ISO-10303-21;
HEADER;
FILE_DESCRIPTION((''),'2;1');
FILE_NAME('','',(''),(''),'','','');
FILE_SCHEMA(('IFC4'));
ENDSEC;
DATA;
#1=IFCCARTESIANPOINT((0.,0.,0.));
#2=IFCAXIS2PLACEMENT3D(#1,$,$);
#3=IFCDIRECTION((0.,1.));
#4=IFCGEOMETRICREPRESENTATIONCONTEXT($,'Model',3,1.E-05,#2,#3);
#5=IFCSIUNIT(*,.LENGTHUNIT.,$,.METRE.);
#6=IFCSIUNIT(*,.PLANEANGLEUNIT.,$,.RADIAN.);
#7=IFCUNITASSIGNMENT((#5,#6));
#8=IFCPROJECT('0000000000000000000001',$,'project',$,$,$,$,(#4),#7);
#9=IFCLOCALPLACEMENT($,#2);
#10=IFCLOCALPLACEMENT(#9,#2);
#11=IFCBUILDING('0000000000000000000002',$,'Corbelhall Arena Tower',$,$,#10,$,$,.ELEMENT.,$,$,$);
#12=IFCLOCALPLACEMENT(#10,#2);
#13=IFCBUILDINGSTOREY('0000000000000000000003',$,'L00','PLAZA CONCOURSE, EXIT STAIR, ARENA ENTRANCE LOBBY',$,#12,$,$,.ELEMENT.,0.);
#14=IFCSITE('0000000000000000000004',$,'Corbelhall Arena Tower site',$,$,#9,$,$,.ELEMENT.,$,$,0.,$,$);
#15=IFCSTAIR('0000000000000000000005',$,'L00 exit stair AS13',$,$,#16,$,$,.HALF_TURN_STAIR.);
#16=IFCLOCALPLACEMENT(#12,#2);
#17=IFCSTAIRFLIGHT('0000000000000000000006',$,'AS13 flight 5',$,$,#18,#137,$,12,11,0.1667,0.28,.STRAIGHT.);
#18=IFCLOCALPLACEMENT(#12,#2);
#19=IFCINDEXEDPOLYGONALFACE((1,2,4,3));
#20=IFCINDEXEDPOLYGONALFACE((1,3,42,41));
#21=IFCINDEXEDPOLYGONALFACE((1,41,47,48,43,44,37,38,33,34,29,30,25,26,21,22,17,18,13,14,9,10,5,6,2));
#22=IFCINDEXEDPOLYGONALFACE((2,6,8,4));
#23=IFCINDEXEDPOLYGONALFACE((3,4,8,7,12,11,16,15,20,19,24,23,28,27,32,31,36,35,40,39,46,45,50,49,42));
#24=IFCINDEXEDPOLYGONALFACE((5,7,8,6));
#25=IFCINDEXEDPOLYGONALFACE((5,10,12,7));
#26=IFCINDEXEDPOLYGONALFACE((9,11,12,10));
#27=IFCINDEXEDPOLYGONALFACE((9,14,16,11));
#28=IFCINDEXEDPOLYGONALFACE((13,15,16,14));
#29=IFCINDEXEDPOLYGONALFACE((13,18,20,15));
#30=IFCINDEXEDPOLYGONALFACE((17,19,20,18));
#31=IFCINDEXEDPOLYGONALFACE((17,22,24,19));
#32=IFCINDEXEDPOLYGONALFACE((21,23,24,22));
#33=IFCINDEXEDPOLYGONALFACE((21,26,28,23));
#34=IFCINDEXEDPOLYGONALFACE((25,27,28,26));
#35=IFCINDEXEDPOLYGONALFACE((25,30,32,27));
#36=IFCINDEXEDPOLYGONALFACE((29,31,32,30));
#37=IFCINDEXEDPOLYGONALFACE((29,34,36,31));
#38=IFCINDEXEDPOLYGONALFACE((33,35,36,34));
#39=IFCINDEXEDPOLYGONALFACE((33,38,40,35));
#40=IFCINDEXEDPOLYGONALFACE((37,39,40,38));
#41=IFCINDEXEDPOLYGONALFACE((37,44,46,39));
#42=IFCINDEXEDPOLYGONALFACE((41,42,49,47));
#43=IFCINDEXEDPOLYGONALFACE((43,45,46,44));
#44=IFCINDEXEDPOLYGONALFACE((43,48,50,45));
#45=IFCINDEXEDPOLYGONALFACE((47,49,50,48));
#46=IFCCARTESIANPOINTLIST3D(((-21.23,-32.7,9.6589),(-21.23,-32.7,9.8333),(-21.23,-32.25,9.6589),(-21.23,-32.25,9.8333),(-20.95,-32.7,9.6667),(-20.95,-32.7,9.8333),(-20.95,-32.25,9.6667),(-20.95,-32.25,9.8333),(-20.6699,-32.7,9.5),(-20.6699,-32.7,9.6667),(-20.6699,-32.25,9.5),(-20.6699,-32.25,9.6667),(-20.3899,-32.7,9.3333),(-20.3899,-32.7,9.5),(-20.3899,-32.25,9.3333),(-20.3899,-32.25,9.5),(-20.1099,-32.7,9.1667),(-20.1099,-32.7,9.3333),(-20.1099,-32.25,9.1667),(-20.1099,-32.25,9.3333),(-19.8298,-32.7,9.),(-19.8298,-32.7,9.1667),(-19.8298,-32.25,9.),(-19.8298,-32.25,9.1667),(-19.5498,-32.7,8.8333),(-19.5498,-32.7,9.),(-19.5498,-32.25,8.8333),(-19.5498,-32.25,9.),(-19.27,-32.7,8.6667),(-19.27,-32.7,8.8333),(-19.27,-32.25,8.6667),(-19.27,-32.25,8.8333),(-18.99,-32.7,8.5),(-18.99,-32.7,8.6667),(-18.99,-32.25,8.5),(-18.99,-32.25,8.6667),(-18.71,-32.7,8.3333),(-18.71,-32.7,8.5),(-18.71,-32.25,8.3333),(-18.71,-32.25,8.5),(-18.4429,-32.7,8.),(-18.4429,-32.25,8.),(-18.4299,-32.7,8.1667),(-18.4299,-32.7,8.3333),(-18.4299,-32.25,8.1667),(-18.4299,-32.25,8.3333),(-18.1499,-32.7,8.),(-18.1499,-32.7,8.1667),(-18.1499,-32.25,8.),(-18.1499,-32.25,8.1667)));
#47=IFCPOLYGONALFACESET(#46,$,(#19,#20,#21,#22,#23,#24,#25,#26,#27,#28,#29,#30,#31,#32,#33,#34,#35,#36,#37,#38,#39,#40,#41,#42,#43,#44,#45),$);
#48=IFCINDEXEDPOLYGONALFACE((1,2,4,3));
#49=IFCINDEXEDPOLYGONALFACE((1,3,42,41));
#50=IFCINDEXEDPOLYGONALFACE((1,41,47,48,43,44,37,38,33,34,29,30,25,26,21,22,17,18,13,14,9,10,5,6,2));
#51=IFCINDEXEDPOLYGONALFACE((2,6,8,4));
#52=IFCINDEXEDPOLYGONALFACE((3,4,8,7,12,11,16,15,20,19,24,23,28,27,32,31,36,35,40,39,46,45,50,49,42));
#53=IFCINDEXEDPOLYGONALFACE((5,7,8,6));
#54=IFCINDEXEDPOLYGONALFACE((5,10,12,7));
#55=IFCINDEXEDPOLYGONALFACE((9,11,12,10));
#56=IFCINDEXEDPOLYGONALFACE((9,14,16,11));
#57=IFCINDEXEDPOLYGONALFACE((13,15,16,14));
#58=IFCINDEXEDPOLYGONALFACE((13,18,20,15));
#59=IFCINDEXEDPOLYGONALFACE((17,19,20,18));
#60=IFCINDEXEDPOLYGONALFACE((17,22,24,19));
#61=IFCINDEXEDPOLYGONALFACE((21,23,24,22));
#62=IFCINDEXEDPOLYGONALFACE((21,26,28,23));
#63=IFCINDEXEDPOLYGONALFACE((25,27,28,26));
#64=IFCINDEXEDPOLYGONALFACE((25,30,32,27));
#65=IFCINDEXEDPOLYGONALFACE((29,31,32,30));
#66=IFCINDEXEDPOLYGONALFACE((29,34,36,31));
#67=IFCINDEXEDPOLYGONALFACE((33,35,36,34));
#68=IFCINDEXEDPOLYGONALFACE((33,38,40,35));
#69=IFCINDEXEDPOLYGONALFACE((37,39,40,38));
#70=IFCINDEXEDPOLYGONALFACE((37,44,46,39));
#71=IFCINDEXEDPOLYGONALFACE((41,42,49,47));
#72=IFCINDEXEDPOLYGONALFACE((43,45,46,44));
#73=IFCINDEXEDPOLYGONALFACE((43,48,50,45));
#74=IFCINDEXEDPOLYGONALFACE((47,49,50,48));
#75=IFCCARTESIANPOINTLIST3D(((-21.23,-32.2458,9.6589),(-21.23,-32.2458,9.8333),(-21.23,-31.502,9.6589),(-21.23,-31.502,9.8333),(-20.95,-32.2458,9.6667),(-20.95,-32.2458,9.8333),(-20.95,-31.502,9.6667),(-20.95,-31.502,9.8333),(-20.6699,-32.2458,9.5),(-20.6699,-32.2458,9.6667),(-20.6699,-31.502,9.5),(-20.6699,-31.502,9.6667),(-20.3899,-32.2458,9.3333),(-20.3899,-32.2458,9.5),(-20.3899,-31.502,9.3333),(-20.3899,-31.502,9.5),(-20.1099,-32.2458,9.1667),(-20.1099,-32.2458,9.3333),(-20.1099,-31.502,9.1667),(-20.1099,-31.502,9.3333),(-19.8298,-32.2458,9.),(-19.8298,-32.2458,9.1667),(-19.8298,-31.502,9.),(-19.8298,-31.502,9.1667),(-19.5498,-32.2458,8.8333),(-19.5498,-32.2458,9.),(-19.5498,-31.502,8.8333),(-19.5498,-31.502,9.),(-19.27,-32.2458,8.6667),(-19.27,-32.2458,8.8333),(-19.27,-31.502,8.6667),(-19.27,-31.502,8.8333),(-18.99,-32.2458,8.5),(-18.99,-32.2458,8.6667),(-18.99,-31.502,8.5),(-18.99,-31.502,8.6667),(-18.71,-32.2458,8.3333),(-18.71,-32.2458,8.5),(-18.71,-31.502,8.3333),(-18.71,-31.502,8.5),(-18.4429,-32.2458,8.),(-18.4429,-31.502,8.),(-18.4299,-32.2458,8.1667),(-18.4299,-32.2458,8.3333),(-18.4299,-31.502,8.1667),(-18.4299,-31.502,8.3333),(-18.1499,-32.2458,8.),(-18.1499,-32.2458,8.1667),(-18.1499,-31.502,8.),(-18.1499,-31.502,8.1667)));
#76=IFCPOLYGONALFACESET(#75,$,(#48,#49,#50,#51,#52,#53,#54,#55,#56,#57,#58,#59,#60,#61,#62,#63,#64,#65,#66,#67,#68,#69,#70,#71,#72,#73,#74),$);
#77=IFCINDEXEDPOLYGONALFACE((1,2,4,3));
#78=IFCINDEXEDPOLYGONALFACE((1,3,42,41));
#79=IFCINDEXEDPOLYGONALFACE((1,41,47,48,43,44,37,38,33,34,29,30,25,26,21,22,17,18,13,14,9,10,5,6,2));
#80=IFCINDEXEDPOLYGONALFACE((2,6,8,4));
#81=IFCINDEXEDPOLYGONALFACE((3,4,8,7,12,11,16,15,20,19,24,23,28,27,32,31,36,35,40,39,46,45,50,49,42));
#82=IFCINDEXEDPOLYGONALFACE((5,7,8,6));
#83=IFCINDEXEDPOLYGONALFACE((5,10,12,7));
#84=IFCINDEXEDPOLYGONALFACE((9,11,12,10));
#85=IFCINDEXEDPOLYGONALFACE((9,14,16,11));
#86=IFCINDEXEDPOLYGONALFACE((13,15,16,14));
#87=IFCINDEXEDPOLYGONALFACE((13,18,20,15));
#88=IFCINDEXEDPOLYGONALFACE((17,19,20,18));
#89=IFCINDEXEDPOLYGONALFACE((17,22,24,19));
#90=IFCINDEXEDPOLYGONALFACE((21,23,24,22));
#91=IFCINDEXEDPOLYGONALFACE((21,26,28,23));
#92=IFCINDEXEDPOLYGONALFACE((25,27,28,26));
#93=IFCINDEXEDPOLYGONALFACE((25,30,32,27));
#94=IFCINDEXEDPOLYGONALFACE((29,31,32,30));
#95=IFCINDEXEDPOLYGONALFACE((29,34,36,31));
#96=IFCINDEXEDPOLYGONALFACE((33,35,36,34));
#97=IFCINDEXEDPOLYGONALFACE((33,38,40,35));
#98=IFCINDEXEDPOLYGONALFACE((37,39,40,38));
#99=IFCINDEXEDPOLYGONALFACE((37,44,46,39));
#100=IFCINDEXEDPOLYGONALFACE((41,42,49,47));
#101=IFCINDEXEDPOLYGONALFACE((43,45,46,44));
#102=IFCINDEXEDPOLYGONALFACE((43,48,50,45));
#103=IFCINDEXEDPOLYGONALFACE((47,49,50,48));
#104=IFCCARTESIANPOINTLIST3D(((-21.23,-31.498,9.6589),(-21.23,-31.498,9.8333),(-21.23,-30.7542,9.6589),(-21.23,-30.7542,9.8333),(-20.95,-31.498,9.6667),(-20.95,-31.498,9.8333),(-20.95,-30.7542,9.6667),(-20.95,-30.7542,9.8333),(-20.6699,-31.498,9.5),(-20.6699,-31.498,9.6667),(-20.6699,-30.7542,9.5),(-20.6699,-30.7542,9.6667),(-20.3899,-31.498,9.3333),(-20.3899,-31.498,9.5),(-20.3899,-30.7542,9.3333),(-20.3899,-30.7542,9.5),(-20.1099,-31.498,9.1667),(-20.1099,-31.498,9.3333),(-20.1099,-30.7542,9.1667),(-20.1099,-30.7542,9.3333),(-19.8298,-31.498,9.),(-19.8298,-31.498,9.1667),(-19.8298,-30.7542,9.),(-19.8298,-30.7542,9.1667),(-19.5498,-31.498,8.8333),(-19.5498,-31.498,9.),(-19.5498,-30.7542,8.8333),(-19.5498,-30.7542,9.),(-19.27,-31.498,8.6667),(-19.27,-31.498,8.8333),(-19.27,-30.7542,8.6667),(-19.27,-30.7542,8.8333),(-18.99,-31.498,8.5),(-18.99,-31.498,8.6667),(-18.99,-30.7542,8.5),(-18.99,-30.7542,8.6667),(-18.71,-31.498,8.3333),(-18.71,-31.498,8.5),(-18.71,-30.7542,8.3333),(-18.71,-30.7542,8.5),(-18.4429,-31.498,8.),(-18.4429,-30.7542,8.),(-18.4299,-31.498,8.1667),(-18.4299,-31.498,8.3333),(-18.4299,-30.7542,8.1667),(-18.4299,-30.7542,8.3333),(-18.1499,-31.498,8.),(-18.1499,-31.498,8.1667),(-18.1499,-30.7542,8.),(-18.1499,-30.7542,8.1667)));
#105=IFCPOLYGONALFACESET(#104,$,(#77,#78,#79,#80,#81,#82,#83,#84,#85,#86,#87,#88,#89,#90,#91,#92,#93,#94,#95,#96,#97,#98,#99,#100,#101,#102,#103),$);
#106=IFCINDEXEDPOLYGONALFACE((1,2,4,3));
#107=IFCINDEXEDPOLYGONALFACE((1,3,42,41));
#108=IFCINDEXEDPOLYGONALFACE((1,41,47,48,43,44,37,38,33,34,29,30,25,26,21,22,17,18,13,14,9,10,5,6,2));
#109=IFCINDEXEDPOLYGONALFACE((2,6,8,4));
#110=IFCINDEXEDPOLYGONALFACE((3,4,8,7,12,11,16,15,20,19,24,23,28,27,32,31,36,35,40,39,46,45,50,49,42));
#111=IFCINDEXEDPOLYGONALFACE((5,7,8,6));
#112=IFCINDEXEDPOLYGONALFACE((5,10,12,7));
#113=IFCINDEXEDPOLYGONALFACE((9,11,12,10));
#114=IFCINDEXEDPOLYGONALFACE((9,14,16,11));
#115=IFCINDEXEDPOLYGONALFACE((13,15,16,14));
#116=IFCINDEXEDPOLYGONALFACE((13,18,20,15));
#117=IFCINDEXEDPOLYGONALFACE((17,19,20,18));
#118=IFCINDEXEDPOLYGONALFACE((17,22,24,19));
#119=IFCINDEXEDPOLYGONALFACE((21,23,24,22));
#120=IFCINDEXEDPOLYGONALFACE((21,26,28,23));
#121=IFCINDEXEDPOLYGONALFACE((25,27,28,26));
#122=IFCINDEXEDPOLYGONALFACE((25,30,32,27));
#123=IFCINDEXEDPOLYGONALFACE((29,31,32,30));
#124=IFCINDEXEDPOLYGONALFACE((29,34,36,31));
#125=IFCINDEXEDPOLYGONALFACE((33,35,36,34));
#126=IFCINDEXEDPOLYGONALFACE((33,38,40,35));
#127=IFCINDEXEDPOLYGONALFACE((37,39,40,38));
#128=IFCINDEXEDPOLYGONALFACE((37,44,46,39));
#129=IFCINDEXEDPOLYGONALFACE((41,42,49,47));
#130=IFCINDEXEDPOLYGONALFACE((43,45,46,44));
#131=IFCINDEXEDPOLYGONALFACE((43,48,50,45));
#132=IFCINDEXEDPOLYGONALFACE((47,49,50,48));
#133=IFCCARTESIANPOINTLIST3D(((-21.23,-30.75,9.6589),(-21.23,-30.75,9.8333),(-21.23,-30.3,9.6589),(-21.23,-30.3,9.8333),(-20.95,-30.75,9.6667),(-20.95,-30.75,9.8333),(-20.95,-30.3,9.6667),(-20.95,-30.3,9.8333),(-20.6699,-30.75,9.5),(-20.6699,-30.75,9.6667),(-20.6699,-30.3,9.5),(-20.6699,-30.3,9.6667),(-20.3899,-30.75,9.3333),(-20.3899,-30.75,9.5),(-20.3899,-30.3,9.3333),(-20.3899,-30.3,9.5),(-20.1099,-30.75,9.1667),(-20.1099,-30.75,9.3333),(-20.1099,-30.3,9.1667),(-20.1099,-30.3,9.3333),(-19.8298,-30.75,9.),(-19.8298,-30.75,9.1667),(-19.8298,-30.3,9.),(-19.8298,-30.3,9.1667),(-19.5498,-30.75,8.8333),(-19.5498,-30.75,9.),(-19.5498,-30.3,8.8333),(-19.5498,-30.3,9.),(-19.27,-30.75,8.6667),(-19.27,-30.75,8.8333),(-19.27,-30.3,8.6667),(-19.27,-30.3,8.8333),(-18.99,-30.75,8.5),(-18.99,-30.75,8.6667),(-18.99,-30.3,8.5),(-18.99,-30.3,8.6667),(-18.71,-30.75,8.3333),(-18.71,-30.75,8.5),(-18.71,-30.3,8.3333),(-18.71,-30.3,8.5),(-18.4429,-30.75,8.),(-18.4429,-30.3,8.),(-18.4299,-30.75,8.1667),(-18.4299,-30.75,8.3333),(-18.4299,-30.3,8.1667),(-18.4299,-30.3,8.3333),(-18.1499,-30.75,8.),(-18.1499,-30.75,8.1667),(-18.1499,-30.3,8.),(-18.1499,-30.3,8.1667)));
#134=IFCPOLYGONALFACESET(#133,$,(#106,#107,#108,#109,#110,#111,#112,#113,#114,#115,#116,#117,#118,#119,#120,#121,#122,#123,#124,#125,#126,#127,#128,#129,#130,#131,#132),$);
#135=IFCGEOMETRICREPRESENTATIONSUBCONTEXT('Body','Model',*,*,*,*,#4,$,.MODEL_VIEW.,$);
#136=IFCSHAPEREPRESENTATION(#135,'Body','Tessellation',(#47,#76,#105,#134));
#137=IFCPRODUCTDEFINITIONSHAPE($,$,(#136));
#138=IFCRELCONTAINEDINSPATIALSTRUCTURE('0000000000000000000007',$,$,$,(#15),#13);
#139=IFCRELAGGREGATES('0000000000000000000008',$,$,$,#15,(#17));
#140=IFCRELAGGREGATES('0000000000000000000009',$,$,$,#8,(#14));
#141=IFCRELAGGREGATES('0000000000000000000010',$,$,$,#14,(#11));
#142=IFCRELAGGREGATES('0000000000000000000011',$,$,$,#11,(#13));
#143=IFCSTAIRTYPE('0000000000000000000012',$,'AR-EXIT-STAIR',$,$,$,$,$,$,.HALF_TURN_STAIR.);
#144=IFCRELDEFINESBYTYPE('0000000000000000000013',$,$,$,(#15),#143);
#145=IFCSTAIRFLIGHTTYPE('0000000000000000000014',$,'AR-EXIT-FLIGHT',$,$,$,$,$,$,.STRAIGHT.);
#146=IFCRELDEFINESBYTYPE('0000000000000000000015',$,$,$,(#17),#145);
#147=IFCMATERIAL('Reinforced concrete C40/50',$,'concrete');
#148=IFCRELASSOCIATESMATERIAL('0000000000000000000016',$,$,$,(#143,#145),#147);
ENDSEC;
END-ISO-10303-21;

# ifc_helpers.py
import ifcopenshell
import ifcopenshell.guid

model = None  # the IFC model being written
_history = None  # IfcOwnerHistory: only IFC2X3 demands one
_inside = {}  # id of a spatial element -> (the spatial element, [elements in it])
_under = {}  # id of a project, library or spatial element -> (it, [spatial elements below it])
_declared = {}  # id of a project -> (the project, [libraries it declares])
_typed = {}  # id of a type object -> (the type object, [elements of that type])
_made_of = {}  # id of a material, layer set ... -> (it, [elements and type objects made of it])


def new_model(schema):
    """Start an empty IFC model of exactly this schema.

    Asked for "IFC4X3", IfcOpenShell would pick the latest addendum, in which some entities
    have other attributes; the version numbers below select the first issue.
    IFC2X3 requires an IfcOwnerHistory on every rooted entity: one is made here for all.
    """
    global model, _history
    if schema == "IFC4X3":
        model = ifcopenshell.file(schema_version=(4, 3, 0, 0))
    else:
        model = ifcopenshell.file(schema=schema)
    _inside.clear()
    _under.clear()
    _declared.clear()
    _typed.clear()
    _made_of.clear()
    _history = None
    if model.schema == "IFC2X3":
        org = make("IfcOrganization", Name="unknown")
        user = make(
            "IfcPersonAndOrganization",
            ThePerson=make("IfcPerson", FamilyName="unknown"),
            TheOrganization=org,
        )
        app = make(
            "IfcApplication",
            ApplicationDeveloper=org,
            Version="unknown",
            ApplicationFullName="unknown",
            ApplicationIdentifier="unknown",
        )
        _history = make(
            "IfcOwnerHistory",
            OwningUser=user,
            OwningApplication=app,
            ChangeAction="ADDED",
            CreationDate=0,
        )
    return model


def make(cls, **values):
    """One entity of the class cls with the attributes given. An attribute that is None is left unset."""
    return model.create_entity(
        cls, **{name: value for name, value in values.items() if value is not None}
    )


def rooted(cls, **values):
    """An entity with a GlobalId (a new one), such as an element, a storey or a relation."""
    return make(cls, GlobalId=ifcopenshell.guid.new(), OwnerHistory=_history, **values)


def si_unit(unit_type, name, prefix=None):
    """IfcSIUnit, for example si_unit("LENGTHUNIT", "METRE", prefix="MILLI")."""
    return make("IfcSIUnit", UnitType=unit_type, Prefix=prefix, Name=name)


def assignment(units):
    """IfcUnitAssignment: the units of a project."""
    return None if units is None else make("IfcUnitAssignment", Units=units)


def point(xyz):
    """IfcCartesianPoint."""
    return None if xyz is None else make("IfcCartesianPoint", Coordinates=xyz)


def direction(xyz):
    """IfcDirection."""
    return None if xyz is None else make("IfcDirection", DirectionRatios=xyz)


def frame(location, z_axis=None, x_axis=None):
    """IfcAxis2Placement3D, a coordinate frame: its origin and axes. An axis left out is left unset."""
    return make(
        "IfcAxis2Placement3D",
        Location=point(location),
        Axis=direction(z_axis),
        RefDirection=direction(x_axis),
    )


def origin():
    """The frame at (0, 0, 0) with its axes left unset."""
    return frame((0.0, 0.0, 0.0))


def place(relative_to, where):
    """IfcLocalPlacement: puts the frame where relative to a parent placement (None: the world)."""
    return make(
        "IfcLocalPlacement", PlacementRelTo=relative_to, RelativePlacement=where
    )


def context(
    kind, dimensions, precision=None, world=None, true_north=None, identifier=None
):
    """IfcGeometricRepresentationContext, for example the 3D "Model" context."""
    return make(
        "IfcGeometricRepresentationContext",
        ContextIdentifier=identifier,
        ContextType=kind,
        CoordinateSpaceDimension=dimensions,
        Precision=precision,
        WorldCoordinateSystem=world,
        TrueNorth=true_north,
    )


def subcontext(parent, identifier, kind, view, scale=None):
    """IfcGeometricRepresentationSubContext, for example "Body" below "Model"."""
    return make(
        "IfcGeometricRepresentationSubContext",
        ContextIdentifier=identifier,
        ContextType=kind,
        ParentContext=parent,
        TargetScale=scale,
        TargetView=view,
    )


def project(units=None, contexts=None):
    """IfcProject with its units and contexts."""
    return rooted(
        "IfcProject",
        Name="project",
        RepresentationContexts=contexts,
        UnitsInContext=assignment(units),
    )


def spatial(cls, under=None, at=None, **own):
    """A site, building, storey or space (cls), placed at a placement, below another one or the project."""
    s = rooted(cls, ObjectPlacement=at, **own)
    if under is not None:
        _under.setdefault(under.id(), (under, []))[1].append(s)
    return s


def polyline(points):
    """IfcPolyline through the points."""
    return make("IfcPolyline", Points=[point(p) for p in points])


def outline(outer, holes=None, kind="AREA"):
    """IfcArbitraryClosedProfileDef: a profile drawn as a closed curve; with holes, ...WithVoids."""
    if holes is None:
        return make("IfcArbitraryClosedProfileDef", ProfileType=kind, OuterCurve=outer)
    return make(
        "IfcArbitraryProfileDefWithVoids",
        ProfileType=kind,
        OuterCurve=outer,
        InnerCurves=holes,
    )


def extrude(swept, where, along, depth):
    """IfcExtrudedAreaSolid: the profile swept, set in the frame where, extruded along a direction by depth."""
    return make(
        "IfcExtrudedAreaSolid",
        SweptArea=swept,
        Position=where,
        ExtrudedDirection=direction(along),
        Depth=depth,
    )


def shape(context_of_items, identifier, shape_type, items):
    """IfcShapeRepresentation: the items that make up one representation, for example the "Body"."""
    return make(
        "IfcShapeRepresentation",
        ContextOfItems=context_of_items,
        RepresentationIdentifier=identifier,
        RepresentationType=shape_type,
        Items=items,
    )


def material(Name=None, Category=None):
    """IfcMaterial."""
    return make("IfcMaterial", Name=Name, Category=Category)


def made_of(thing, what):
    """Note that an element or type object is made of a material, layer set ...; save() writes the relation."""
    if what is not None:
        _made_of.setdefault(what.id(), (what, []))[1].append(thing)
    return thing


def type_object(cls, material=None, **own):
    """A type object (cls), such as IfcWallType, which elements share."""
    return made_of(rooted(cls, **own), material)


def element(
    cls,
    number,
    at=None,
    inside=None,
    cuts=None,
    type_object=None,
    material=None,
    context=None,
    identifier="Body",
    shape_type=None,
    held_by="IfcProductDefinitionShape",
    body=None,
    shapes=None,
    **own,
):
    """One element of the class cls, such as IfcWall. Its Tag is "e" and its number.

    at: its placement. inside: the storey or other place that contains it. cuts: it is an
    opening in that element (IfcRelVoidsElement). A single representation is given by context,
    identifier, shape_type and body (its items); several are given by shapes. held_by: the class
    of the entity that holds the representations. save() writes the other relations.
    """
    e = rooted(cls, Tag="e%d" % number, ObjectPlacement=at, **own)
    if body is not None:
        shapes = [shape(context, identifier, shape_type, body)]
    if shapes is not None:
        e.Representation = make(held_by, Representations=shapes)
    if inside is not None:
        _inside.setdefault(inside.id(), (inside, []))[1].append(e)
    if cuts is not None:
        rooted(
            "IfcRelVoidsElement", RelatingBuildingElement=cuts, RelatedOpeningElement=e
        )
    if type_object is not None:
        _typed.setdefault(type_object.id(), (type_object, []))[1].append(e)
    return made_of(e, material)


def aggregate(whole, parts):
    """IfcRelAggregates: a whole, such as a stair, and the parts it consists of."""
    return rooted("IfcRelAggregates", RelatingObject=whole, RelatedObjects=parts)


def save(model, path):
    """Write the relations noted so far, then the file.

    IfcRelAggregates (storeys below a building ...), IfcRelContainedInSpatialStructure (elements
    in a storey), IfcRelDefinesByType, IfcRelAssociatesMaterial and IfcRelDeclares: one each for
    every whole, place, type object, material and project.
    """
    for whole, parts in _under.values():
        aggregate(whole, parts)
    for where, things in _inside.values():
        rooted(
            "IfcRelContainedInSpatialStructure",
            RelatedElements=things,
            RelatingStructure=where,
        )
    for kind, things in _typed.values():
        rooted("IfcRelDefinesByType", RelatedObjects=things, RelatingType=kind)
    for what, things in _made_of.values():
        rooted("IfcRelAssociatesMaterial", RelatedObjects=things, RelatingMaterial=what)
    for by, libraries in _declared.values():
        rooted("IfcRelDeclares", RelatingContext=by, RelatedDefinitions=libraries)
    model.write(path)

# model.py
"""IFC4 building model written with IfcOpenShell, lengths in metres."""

from ifc_helpers import new_model, si_unit, direction, frame, origin, place, context, subcontext, project, spatial, polyline, outline, extrude, material, type_object, element, aggregate, save


model = new_model("IFC4")

# Units and contexts
model_context = context("Model", 3, precision=1e-05, world=origin(), true_north=direction((0.0, 1.0)))
body_context = subcontext(model_context, "Body", "Model", "MODEL_VIEW")
ifc_project = project(units=[si_unit("LENGTHUNIT", "METRE"), si_unit("PLANEANGLEUNIT", "RADIAN")], contexts=[model_context])

# Site, building, storey
site_placement = place(None, origin())
site = spatial("IfcSite", under=ifc_project, at=site_placement, Name="Corbelhall Arena Tower site", CompositionType="ELEMENT", RefElevation=0.0)
building_placement = place(site_placement, origin())
building = spatial("IfcBuilding", under=site, at=building_placement, Name="Corbelhall Arena Tower", CompositionType="ELEMENT")
storey_placement = place(building_placement, origin())
storey = spatial("IfcBuildingStorey", under=building, at=storey_placement, Name="L00", Description="PLAZA CONCOURSE, EXIT STAIR, ARENA ENTRANCE LOBBY", CompositionType="ELEMENT", Elevation=0.0)

# Shared definitions
ifc_material_1 = material(Name="Reinforced concrete C40/50", Category="concrete")

# Stair, stair flight
stair_type = type_object("IfcStairType", Name="AR-EXIT-STAIR", PredefinedType="HALF_TURN_STAIR", material=ifc_material_1)
stair_placement = place(storey_placement, origin())
stair = element("IfcStair", 1, at=stair_placement, inside=storey, type_object=stair_type, Name="L00 exit stair AS13", PredefinedType="HALF_TURN_STAIR")
stair_flight_type = type_object("IfcStairFlightType", Name="AR-EXIT-FLIGHT", PredefinedType="STRAIGHT", material=ifc_material_1)
stair_flight_1_placement = place(storey_placement, frame((-18.1499, -31.5, 8.0), z_axis=(0.0, 0.0, 1.0), x_axis=(-1.0, 0.0, 0.0)))
stair_flight_1 = element("IfcStairFlight", 2, at=stair_flight_1_placement, type_object=stair_flight_type, Name="AS13 flight 5", NumberOfRisers=12, NumberOfTreads=11, PredefinedType="STRAIGHT", RiserHeight=0.1667, TreadLength=0.28, context=body_context, shape_type="SweptSolid", body=[
    extrude(outline(polyline([(0.0, 0.0), (0.0, 0.1667), (0.28, 0.1667), (0.28, 0.3333), (0.5601, 0.3333), (0.5601, 0.5), (0.8401, 0.5), (0.8401, 0.6667), (1.1201, 0.6667), (1.1201, 0.8333), (1.3999, 0.8333), (1.3999, 1.0), (1.6799, 1.0), (1.6799, 1.1667), (1.96, 1.1667), (1.96, 1.3333), (2.24, 1.3333), (2.24, 1.5), (2.52, 1.5), (2.52, 1.6667), (2.8, 1.6667), (2.8, 1.8333), (3.0801, 1.8333), (3.0801, 2.0), (3.0801, 1.6589), (0.293, 0.0), (0.0, 0.0)])), frame((0.0, 1.2, 0.0), z_axis=(0.0, -1.0, 0.0), x_axis=(1.0, 0.0, 0.0)), (0.0, 0.0, 1.0), 0.45),
    extrude(outline(polyline([(0.0, 0.0), (0.0, 0.1667), (0.28, 0.1667), (0.28, 0.3333), (0.5601, 0.3333), (0.5601, 0.5), (0.8401, 0.5), (0.8401, 0.6667), (1.1201, 0.6667), (1.1201, 0.8333), (1.3999, 0.8333), (1.3999, 1.0), (1.6799, 1.0), (1.6799, 1.1667), (1.96, 1.1667), (1.96, 1.3333), (2.24, 1.3333), (2.24, 1.5), (2.52, 1.5), (2.52, 1.6667), (2.8, 1.6667), (2.8, 1.8333), (3.0801, 1.8333), (3.0801, 2.0), (3.0801, 1.6589), (0.293, 0.0), (0.0, 0.0)])), frame((0.0, 0.7458, 0.0), z_axis=(0.0, -1.0, 0.0), x_axis=(1.0, 0.0, 0.0)), (0.0, 0.0, 1.0), 0.7439),
    extrude(outline(polyline([(0.0, 0.0), (0.0, 0.1667), (0.28, 0.1667), (0.28, 0.3333), (0.5601, 0.3333), (0.5601, 0.5), (0.8401, 0.5), (0.8401, 0.6667), (1.1201, 0.6667), (1.1201, 0.8333), (1.3999, 0.8333), (1.3999, 1.0), (1.6799, 1.0), (1.6799, 1.1667), (1.96, 1.1667), (1.96, 1.3333), (2.24, 1.3333), (2.24, 1.5), (2.52, 1.5), (2.52, 1.6667), (2.8, 1.6667), (2.8, 1.8333), (3.0801, 1.8333), (3.0801, 2.0), (3.0801, 1.6589), (0.293, 0.0), (0.0, 0.0)])), frame((0.0, -0.002, 0.0), z_axis=(0.0, -1.0, 0.0), x_axis=(1.0, 0.0, 0.0)), (0.0, 0.0, 1.0), 0.7439),
    extrude(outline(polyline([(0.0, 0.0), (0.0, 0.1667), (0.28, 0.1667), (0.28, 0.3333), (0.5601, 0.3333), (0.5601, 0.5), (0.8401, 0.5), (0.8401, 0.6667), (1.1201, 0.6667), (1.1201, 0.8333), (1.3999, 0.8333), (1.3999, 1.0), (1.6799, 1.0), (1.6799, 1.1667), (1.96, 1.1667), (1.96, 1.3333), (2.24, 1.3333), (2.24, 1.5), (2.52, 1.5), (2.52, 1.6667), (2.8, 1.6667), (2.8, 1.8333), (3.0801, 1.8333), (3.0801, 2.0), (3.0801, 1.6589), (0.293, 0.0), (0.0, 0.0)])), frame((0.0, -0.75, 0.0), z_axis=(0.0, -1.0, 0.0), x_axis=(1.0, 0.0, 0.0)), (0.0, 0.0, 1.0), 0.45),
])
aggregate(stair, [stair_flight_1])

save(model, "model.ifc")
